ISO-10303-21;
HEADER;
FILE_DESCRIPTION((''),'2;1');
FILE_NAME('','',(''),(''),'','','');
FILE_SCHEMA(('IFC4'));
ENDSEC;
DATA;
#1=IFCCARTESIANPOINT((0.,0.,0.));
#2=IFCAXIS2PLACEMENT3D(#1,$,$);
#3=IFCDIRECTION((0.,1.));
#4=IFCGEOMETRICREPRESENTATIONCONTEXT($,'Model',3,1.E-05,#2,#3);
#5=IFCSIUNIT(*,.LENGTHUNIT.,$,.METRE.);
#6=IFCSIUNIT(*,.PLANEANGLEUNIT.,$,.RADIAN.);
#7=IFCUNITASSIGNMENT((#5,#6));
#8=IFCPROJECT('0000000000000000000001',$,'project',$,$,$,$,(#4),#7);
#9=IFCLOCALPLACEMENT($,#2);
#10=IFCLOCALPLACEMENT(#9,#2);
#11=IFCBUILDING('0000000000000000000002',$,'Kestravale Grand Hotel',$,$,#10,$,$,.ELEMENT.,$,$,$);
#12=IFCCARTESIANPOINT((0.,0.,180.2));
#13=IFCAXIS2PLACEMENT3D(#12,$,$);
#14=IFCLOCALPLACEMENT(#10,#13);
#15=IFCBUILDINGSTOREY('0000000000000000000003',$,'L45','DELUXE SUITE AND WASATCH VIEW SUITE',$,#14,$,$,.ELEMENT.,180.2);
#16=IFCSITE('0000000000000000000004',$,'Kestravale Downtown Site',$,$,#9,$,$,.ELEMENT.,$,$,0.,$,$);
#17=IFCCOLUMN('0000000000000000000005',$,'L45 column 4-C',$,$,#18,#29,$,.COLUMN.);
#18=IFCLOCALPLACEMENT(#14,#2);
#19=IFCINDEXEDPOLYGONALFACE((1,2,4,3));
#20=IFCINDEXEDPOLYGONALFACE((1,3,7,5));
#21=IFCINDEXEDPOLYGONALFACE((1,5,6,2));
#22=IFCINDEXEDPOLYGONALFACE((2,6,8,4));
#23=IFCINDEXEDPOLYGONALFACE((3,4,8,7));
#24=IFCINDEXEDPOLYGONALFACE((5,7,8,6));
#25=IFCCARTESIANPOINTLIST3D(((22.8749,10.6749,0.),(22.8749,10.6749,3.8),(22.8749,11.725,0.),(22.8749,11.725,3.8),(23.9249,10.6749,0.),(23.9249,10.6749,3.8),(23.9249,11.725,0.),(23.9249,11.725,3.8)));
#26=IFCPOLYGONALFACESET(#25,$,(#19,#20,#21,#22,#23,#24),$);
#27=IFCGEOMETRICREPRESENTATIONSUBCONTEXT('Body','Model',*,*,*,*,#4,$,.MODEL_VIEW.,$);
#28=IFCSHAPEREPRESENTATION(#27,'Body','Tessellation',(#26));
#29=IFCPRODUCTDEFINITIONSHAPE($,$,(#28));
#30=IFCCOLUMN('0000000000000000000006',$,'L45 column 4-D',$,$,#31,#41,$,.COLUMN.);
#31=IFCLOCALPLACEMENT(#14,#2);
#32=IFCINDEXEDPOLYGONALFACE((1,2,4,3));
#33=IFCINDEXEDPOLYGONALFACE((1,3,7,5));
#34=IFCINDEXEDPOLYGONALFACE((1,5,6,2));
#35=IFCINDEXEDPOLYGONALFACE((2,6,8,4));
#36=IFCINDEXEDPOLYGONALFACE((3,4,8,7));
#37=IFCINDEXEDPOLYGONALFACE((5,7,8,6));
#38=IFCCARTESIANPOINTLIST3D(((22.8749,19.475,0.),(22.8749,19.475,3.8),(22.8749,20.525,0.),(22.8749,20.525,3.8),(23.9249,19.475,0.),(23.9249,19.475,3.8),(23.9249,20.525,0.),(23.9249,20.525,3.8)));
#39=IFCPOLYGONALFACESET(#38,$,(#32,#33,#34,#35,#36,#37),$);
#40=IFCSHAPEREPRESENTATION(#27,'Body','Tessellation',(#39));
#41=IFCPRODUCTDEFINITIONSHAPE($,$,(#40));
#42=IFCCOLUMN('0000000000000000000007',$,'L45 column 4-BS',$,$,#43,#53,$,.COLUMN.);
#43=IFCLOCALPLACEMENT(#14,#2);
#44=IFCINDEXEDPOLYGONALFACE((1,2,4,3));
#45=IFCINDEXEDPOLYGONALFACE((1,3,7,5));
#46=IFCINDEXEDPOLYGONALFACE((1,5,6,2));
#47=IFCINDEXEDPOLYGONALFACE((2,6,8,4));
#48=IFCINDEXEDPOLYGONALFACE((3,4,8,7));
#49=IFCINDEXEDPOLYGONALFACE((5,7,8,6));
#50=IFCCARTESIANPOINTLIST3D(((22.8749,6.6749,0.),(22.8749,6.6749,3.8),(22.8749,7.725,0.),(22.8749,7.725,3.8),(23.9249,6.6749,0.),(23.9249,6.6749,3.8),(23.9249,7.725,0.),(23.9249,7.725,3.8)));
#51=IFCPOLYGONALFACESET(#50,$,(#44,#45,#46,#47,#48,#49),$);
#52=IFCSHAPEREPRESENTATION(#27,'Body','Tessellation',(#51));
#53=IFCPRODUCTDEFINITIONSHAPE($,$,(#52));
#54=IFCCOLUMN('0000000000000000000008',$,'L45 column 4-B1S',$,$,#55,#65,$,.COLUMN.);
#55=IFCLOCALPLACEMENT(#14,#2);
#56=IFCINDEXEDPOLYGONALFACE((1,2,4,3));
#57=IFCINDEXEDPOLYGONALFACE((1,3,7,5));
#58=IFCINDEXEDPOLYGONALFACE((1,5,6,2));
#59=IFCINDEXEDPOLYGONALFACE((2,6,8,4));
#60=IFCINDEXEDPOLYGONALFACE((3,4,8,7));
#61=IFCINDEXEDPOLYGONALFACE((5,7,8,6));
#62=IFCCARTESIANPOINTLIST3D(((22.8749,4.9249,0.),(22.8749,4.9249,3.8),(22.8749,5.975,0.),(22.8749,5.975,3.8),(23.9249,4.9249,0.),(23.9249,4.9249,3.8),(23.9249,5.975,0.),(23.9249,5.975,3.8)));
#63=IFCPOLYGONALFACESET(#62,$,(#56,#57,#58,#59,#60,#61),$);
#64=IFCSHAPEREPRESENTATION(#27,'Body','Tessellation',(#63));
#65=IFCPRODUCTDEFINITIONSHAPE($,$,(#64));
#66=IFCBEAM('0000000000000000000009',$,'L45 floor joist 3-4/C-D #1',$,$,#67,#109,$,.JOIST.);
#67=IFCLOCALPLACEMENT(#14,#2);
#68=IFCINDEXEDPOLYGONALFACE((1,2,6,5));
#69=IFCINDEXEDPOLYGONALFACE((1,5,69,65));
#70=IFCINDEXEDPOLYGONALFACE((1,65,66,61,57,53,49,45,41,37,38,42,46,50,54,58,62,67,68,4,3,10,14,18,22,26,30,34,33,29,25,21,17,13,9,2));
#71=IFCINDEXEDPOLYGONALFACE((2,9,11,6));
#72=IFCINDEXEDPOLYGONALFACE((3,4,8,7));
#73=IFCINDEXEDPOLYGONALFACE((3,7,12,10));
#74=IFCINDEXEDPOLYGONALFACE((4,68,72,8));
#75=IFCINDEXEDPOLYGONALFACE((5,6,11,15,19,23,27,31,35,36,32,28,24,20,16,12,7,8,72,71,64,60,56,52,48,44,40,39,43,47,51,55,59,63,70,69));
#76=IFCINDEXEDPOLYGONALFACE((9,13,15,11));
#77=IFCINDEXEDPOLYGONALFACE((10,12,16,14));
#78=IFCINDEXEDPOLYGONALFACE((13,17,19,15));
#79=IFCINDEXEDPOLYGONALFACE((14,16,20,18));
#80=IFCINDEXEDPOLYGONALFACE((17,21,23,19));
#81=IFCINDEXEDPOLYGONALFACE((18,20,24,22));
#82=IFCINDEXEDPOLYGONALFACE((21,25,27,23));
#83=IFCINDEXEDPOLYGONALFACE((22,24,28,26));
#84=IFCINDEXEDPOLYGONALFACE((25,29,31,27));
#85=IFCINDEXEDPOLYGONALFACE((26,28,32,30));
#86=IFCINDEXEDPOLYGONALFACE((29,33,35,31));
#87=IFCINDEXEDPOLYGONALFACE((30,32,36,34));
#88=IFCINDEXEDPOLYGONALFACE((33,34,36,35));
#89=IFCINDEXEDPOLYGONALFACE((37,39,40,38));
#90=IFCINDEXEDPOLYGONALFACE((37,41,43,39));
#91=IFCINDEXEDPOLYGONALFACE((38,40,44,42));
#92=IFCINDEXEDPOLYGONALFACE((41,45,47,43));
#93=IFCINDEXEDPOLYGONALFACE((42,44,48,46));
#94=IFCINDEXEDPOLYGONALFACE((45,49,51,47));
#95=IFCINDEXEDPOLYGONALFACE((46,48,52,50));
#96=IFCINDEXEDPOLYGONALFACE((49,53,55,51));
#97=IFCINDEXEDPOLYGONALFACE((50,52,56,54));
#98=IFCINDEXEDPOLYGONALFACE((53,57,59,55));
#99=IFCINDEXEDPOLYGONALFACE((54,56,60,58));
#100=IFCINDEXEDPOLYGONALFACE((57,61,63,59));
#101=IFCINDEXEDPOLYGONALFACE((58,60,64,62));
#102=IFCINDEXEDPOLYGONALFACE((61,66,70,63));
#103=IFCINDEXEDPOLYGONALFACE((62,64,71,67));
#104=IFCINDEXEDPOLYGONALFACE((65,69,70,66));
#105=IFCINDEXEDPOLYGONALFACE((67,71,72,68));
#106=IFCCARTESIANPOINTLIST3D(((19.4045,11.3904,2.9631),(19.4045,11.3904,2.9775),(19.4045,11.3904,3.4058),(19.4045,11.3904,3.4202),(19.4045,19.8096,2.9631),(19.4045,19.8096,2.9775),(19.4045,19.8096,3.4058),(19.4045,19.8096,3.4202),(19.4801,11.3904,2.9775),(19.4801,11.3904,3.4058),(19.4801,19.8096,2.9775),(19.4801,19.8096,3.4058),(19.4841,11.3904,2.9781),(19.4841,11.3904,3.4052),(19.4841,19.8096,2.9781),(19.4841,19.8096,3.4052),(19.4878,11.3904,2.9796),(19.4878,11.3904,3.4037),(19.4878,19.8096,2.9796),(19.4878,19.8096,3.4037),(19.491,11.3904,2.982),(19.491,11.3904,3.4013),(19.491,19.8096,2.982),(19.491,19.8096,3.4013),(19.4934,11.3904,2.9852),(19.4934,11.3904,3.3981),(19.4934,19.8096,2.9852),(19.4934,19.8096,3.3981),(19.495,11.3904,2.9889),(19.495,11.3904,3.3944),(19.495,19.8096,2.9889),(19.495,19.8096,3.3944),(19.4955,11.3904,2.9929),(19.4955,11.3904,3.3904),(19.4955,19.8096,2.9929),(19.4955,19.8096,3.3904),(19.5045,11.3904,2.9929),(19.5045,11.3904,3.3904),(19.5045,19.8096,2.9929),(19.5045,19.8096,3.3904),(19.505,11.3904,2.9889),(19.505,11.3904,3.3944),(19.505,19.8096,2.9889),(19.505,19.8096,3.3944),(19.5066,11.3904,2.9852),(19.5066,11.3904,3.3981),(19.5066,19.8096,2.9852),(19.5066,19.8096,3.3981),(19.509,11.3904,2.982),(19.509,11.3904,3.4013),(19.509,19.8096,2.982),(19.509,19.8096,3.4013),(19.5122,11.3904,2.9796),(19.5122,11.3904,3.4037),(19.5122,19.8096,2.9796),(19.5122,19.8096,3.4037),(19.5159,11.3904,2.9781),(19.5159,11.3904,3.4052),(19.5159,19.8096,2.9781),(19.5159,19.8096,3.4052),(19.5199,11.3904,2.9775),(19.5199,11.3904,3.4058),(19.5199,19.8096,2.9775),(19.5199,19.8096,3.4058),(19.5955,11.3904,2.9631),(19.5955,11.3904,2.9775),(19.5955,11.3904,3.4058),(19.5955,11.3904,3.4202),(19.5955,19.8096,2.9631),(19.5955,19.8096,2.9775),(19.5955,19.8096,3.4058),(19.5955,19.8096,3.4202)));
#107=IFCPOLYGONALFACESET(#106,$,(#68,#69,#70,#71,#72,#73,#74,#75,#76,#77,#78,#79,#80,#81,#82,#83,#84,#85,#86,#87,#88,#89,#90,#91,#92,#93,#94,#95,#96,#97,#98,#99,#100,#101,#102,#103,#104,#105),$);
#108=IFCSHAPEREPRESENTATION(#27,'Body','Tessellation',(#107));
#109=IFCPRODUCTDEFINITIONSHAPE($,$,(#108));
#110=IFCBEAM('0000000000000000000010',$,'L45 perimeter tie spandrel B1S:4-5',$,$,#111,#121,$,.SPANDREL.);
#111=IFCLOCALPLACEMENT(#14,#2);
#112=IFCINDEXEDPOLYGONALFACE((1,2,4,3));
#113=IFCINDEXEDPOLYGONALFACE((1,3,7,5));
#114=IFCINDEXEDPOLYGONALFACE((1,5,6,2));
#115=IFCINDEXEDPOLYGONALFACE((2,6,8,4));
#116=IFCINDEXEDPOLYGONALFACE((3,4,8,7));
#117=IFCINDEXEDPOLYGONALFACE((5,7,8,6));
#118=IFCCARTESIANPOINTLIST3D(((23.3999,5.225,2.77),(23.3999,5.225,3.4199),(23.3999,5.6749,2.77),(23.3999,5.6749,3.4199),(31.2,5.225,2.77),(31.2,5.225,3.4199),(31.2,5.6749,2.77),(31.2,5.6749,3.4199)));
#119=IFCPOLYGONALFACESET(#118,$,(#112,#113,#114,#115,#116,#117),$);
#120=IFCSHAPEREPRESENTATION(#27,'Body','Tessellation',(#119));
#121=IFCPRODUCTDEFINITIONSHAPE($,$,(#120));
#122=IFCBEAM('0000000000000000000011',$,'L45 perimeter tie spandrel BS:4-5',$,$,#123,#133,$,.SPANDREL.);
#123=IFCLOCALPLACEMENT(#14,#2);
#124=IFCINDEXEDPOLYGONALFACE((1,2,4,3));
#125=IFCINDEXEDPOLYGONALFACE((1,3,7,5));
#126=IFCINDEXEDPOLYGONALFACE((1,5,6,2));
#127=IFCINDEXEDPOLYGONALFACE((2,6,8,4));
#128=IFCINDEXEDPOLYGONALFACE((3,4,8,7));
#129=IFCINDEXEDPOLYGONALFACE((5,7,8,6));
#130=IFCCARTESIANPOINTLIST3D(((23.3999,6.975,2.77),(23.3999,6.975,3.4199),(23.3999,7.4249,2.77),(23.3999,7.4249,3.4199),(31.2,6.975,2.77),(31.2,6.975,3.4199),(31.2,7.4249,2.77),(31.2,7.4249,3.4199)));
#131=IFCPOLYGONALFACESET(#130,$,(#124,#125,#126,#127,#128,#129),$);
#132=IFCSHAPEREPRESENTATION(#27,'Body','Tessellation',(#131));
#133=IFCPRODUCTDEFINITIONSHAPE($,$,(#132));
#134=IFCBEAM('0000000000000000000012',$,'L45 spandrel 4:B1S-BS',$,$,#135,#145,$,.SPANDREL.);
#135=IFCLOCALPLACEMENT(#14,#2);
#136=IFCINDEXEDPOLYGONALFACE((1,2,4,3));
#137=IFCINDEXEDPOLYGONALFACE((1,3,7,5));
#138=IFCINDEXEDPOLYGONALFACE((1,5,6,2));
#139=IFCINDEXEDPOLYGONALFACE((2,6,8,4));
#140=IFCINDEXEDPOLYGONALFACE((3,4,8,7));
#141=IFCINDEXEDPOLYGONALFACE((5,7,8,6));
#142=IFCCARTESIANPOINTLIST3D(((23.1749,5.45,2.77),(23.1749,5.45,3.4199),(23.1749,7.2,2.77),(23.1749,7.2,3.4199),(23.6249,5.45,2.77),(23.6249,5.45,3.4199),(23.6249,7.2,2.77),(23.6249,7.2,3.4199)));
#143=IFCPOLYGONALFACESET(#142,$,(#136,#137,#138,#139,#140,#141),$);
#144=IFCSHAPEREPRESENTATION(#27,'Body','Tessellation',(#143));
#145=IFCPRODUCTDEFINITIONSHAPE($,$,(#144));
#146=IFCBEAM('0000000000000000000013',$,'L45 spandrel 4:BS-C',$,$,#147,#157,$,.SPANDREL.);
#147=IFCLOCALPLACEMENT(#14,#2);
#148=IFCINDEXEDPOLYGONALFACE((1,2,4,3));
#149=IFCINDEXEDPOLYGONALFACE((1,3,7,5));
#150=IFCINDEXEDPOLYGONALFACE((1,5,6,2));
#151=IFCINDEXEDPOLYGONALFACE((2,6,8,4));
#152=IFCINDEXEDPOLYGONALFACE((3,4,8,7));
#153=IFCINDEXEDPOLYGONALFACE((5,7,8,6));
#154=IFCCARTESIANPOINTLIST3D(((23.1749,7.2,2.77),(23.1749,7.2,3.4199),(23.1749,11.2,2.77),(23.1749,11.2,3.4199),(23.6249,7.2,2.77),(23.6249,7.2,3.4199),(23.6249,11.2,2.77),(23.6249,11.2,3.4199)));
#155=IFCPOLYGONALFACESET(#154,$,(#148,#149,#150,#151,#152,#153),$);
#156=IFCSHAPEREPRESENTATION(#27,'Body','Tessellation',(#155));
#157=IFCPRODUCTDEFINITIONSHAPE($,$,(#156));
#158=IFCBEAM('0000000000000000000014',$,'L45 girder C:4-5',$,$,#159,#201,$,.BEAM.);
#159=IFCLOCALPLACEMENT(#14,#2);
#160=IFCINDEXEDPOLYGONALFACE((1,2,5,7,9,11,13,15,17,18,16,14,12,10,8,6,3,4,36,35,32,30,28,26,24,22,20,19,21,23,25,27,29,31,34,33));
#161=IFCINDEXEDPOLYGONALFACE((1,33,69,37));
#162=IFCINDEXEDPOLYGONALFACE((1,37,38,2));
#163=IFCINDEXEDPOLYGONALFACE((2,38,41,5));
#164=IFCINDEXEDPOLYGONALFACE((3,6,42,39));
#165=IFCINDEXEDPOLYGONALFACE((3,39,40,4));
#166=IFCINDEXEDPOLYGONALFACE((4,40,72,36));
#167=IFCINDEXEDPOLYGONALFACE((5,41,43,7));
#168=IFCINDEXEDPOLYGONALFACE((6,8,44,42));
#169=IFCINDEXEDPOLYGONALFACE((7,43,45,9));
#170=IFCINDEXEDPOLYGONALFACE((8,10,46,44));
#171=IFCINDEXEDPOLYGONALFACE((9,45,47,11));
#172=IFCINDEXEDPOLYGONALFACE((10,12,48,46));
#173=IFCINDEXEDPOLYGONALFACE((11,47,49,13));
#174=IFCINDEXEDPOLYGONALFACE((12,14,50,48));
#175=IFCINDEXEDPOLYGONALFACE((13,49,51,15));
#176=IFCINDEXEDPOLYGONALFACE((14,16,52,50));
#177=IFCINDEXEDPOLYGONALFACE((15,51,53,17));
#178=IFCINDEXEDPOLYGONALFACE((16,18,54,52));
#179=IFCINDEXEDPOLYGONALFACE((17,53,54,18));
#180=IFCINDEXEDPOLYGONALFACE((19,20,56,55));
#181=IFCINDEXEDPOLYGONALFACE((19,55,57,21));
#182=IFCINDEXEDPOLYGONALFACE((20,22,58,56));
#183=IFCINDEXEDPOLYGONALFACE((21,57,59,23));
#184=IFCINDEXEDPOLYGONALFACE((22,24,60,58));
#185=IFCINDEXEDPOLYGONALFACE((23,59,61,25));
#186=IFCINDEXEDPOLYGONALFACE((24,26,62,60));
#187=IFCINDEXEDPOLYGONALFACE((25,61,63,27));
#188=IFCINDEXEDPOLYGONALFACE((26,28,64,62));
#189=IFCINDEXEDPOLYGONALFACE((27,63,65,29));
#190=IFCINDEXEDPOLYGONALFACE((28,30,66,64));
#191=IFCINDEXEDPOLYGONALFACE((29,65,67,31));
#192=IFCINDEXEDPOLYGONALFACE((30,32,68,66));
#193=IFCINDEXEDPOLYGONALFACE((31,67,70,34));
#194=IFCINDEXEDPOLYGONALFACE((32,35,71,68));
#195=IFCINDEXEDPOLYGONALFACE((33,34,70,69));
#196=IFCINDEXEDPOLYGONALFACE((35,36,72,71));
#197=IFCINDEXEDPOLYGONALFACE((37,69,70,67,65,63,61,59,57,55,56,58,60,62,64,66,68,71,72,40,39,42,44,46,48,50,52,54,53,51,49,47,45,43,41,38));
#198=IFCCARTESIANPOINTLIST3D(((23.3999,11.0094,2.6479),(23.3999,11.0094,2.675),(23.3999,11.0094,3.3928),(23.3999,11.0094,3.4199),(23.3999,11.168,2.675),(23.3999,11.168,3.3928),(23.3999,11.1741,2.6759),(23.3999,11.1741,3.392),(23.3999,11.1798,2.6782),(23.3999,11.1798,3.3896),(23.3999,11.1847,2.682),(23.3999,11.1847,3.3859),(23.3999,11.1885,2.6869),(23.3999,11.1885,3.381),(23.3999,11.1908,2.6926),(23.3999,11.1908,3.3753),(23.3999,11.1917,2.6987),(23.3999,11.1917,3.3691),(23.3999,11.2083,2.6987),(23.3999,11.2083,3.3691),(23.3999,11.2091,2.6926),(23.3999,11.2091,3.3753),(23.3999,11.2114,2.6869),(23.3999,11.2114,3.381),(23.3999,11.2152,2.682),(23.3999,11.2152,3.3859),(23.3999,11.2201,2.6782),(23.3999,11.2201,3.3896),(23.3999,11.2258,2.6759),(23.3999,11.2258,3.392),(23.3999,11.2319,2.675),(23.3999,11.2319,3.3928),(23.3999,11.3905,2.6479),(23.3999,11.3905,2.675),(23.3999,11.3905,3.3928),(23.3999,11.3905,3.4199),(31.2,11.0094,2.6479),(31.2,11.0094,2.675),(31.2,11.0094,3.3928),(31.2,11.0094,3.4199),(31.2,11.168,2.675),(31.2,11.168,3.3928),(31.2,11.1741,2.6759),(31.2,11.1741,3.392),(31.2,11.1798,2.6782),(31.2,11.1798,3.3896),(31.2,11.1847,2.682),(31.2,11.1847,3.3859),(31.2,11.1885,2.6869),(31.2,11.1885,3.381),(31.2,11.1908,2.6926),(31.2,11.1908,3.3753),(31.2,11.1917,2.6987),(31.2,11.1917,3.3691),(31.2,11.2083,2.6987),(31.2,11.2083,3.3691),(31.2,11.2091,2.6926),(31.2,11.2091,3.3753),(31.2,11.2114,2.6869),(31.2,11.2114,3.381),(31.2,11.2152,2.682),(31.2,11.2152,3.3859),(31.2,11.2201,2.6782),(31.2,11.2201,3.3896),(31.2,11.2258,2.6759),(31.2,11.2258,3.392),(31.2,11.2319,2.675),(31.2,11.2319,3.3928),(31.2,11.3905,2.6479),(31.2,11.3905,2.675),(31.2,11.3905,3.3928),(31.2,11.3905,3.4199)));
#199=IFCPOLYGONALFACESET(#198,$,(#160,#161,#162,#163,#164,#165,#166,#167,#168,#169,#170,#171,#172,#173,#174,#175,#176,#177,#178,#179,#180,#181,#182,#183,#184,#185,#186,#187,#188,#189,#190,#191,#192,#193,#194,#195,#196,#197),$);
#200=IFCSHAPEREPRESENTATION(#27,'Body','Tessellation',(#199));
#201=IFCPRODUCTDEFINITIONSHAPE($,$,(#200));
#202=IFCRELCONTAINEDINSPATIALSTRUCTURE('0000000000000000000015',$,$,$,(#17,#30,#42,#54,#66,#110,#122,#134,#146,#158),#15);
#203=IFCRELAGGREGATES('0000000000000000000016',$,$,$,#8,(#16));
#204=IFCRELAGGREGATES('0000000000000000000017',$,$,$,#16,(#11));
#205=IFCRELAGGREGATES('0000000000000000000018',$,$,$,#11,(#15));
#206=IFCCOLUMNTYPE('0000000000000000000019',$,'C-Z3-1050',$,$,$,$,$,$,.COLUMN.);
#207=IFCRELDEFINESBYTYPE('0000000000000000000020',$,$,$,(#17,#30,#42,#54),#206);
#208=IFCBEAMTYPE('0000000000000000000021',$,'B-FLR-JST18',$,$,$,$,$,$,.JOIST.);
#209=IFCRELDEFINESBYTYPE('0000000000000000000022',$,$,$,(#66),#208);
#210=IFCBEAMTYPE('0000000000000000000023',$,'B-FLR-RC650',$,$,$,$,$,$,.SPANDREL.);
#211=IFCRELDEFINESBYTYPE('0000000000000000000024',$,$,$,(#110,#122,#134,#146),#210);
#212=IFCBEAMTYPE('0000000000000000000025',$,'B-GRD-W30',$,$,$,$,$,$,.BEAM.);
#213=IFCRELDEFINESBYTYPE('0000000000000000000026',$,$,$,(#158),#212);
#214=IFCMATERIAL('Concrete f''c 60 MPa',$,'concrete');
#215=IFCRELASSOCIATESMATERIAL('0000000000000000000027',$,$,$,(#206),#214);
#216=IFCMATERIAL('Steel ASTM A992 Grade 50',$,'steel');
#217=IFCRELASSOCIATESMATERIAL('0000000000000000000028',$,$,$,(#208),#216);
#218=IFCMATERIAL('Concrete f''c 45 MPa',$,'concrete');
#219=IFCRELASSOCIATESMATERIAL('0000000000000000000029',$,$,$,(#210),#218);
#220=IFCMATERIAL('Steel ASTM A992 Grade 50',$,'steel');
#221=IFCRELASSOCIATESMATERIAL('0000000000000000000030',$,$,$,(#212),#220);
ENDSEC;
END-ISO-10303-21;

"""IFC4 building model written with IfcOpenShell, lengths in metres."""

from ifc_helpers import new_model, si_unit, direction, frame, origin, origin_2d, place, context, subcontext, project, spatial, rectangle, i_section, extrude, material, material_profile, profile_set, type_object, element, save


model = new_model("IFC4")

# Units and contexts
model_context = context("Model", 3, precision=1e-05, world=origin(), true_north=direction((0.0, 1.0)))
body_context = subcontext(model_context, "Body", "Model", "MODEL_VIEW")
ifc_project = project(units=[si_unit("LENGTHUNIT", "METRE"), si_unit("PLANEANGLEUNIT", "RADIAN")], contexts=[model_context])

# Site, building, storey
site_placement = place(None, origin())
site = spatial("IfcSite", under=ifc_project, at=site_placement, Name="Kestravale Downtown Site", CompositionType="ELEMENT", RefElevation=0.0)
building_placement = place(site_placement, origin())
building = spatial("IfcBuilding", under=site, at=building_placement, Name="Kestravale Grand Hotel", CompositionType="ELEMENT")
storey_placement = place(building_placement, frame((0.0, 0.0, 180.2)))
storey = spatial("IfcBuildingStorey", under=building, at=storey_placement, Name="L45", Description="DELUXE SUITE AND WASATCH VIEW SUITE", CompositionType="ELEMENT", Elevation=180.2)

# Columns
ifc_material_1 = material(Name="Concrete f'c 60 MPa", Category="concrete")
ifc_material_profile_1 = material_profile(ifc_material_1, rectangle(XDim=1.05, YDim=1.05, at=origin_2d()))
ifc_profile_set_1 = profile_set([ifc_material_profile_1], Name="Concrete f'c 60 MPa")
column_type = type_object("IfcColumnType", Name="C-Z3-1050", PredefinedType="COLUMN", material=ifc_profile_set_1)
for number, where, z_axis, x_axis, name in (
    (1, (23.3999, 11.2, 0.0), (0.0, 0.0, 1.0), (1.0, 0.0, 0.0), "L45 column 4-C"),
    (2, (23.3999, 20.0, 0.0), (0.0, 0.0, 1.0), (1.0, 0.0, 0.0), "L45 column 4-D"),
    (3, (23.3999, 7.2, 0.0), (0.0, 0.0, 1.0), (1.0, 0.0, 0.0), "L45 column 4-BS"),
    (4, (23.3999, 5.45, 0.0), (0.0, 0.0, 1.0), (1.0, 0.0, 0.0), "L45 column 4-B1S"),
):
    element("IfcColumn", number, at=place(storey_placement, frame(where, z_axis=z_axis, x_axis=x_axis)), inside=storey, type_object=column_type, Name=name, PredefinedType="COLUMN", context=body_context, shape_type="SweptSolid", body=[
        extrude(rectangle(XDim=1.05, YDim=1.05, at=origin_2d()), origin(), (0.0, 0.0, 1.0), 3.8),
    ])

# Beams
ifc_material_2 = material(Name="Steel ASTM A992 Grade 50", Category="steel")
ifc_material_profile_2 = material_profile(ifc_material_2, i_section(OverallWidth=0.1909, OverallDepth=0.457, WebThickness=0.009, FlangeThickness=0.0144, FilletRadius=0.0154, at=origin_2d()))
ifc_profile_set_2 = profile_set([ifc_material_profile_2], Name="Steel ASTM A992 Grade 50")
beam_type_1 = type_object("IfcBeamType", Name="B-FLR-JST18", PredefinedType="JOIST", material=ifc_profile_set_2)
beam_1_placement = place(storey_placement, frame((19.5, 11.3904, 3.1917), z_axis=(0.0, 1.0, 0.0), x_axis=(-1.0, 0.0, 0.0)))
element("IfcBeam", 5, at=beam_1_placement, inside=storey, type_object=beam_type_1, Name="L45 floor joist 3-4/C-D #1", PredefinedType="JOIST", context=body_context, shape_type="SweptSolid", body=[
    extrude(i_section(OverallWidth=0.1909, OverallDepth=0.457, WebThickness=0.009, FlangeThickness=0.0144, FilletRadius=0.0154, at=origin_2d()), origin(), (0.0, 0.0, 1.0), 8.4192),
])
ifc_material_3 = material(Name="Concrete f'c 45 MPa", Category="concrete")
ifc_material_profile_3 = material_profile(ifc_material_3, rectangle(XDim=0.45, YDim=0.6499, at=origin_2d()))
ifc_profile_set_3 = profile_set([ifc_material_profile_3], Name="Concrete f'c 45 MPa")
beam_type_2 = type_object("IfcBeamType", Name="B-FLR-RC650", PredefinedType="SPANDREL", material=ifc_profile_set_3)
for number, where, z_axis, x_axis, name in (
    (6, (23.3999, 5.45, 3.095), (1.0, 0.0, 0.0), (0.0, 1.0, 0.0), "L45 perimeter tie spandrel B1S:4-5"),
    (7, (23.3999, 7.2, 3.095), (1.0, 0.0, 0.0), (0.0, 1.0, 0.0), "L45 perimeter tie spandrel BS:4-5"),
):
    element("IfcBeam", number, at=place(storey_placement, frame(where, z_axis=z_axis, x_axis=x_axis)), inside=storey, type_object=beam_type_2, Name=name, PredefinedType="SPANDREL", context=body_context, shape_type="SweptSolid", body=[
        extrude(rectangle(XDim=0.45, YDim=0.6499, at=origin_2d()), origin(), (0.0, 0.0, 1.0), 7.8),
    ])
beam_2_placement = place(storey_placement, frame((23.3999, 5.45, 3.095), z_axis=(0.0, 1.0, 0.0), x_axis=(-1.0, 0.0, 0.0)))
element("IfcBeam", 8, at=beam_2_placement, inside=storey, type_object=beam_type_2, Name="L45 spandrel 4:B1S-BS", PredefinedType="SPANDREL", context=body_context, shape_type="SweptSolid", body=[
    extrude(rectangle(XDim=0.45, YDim=0.6499, at=origin_2d()), origin(), (0.0, 0.0, 1.0), 1.75),
])
beam_3_placement = place(storey_placement, frame((23.3999, 7.2, 3.095), z_axis=(0.0, 1.0, 0.0), x_axis=(-1.0, 0.0, 0.0)))
element("IfcBeam", 9, at=beam_3_placement, inside=storey, type_object=beam_type_2, Name="L45 spandrel 4:BS-C", PredefinedType="SPANDREL", context=body_context, shape_type="SweptSolid", body=[
    extrude(rectangle(XDim=0.45, YDim=0.6499, at=origin_2d()), origin(), (0.0, 0.0, 1.0), 4.0),
])
ifc_material_4 = material(Name="Steel ASTM A992 Grade 50", Category="steel")
ifc_material_profile_4 = material_profile(ifc_material_4, i_section(OverallWidth=0.3811, OverallDepth=0.772, WebThickness=0.0166, FlangeThickness=0.0271, FilletRadius=0.0237, at=origin_2d()))
ifc_profile_set_4 = profile_set([ifc_material_profile_4], Name="Steel ASTM A992 Grade 50")
beam_type_3 = type_object("IfcBeamType", Name="B-GRD-W30", PredefinedType="BEAM", material=ifc_profile_set_4)
for number, where, z_axis, x_axis, name in (
    (10, (23.3999, 11.2, 3.0339), (1.0, 0.0, 0.0), (0.0, 1.0, 0.0), "L45 girder C:4-5"),
):
    element("IfcBeam", number, at=place(storey_placement, frame(where, z_axis=z_axis, x_axis=x_axis)), inside=storey, type_object=beam_type_3, Name=name, PredefinedType="BEAM", context=body_context, shape_type="SweptSolid", body=[
        extrude(i_section(OverallWidth=0.3811, OverallDepth=0.772, WebThickness=0.0166, FlangeThickness=0.0271, FilletRadius=0.0237, at=origin_2d()), origin(), (0.0, 0.0, 1.0), 7.8),
    ])

save(model, "model.ifc")
